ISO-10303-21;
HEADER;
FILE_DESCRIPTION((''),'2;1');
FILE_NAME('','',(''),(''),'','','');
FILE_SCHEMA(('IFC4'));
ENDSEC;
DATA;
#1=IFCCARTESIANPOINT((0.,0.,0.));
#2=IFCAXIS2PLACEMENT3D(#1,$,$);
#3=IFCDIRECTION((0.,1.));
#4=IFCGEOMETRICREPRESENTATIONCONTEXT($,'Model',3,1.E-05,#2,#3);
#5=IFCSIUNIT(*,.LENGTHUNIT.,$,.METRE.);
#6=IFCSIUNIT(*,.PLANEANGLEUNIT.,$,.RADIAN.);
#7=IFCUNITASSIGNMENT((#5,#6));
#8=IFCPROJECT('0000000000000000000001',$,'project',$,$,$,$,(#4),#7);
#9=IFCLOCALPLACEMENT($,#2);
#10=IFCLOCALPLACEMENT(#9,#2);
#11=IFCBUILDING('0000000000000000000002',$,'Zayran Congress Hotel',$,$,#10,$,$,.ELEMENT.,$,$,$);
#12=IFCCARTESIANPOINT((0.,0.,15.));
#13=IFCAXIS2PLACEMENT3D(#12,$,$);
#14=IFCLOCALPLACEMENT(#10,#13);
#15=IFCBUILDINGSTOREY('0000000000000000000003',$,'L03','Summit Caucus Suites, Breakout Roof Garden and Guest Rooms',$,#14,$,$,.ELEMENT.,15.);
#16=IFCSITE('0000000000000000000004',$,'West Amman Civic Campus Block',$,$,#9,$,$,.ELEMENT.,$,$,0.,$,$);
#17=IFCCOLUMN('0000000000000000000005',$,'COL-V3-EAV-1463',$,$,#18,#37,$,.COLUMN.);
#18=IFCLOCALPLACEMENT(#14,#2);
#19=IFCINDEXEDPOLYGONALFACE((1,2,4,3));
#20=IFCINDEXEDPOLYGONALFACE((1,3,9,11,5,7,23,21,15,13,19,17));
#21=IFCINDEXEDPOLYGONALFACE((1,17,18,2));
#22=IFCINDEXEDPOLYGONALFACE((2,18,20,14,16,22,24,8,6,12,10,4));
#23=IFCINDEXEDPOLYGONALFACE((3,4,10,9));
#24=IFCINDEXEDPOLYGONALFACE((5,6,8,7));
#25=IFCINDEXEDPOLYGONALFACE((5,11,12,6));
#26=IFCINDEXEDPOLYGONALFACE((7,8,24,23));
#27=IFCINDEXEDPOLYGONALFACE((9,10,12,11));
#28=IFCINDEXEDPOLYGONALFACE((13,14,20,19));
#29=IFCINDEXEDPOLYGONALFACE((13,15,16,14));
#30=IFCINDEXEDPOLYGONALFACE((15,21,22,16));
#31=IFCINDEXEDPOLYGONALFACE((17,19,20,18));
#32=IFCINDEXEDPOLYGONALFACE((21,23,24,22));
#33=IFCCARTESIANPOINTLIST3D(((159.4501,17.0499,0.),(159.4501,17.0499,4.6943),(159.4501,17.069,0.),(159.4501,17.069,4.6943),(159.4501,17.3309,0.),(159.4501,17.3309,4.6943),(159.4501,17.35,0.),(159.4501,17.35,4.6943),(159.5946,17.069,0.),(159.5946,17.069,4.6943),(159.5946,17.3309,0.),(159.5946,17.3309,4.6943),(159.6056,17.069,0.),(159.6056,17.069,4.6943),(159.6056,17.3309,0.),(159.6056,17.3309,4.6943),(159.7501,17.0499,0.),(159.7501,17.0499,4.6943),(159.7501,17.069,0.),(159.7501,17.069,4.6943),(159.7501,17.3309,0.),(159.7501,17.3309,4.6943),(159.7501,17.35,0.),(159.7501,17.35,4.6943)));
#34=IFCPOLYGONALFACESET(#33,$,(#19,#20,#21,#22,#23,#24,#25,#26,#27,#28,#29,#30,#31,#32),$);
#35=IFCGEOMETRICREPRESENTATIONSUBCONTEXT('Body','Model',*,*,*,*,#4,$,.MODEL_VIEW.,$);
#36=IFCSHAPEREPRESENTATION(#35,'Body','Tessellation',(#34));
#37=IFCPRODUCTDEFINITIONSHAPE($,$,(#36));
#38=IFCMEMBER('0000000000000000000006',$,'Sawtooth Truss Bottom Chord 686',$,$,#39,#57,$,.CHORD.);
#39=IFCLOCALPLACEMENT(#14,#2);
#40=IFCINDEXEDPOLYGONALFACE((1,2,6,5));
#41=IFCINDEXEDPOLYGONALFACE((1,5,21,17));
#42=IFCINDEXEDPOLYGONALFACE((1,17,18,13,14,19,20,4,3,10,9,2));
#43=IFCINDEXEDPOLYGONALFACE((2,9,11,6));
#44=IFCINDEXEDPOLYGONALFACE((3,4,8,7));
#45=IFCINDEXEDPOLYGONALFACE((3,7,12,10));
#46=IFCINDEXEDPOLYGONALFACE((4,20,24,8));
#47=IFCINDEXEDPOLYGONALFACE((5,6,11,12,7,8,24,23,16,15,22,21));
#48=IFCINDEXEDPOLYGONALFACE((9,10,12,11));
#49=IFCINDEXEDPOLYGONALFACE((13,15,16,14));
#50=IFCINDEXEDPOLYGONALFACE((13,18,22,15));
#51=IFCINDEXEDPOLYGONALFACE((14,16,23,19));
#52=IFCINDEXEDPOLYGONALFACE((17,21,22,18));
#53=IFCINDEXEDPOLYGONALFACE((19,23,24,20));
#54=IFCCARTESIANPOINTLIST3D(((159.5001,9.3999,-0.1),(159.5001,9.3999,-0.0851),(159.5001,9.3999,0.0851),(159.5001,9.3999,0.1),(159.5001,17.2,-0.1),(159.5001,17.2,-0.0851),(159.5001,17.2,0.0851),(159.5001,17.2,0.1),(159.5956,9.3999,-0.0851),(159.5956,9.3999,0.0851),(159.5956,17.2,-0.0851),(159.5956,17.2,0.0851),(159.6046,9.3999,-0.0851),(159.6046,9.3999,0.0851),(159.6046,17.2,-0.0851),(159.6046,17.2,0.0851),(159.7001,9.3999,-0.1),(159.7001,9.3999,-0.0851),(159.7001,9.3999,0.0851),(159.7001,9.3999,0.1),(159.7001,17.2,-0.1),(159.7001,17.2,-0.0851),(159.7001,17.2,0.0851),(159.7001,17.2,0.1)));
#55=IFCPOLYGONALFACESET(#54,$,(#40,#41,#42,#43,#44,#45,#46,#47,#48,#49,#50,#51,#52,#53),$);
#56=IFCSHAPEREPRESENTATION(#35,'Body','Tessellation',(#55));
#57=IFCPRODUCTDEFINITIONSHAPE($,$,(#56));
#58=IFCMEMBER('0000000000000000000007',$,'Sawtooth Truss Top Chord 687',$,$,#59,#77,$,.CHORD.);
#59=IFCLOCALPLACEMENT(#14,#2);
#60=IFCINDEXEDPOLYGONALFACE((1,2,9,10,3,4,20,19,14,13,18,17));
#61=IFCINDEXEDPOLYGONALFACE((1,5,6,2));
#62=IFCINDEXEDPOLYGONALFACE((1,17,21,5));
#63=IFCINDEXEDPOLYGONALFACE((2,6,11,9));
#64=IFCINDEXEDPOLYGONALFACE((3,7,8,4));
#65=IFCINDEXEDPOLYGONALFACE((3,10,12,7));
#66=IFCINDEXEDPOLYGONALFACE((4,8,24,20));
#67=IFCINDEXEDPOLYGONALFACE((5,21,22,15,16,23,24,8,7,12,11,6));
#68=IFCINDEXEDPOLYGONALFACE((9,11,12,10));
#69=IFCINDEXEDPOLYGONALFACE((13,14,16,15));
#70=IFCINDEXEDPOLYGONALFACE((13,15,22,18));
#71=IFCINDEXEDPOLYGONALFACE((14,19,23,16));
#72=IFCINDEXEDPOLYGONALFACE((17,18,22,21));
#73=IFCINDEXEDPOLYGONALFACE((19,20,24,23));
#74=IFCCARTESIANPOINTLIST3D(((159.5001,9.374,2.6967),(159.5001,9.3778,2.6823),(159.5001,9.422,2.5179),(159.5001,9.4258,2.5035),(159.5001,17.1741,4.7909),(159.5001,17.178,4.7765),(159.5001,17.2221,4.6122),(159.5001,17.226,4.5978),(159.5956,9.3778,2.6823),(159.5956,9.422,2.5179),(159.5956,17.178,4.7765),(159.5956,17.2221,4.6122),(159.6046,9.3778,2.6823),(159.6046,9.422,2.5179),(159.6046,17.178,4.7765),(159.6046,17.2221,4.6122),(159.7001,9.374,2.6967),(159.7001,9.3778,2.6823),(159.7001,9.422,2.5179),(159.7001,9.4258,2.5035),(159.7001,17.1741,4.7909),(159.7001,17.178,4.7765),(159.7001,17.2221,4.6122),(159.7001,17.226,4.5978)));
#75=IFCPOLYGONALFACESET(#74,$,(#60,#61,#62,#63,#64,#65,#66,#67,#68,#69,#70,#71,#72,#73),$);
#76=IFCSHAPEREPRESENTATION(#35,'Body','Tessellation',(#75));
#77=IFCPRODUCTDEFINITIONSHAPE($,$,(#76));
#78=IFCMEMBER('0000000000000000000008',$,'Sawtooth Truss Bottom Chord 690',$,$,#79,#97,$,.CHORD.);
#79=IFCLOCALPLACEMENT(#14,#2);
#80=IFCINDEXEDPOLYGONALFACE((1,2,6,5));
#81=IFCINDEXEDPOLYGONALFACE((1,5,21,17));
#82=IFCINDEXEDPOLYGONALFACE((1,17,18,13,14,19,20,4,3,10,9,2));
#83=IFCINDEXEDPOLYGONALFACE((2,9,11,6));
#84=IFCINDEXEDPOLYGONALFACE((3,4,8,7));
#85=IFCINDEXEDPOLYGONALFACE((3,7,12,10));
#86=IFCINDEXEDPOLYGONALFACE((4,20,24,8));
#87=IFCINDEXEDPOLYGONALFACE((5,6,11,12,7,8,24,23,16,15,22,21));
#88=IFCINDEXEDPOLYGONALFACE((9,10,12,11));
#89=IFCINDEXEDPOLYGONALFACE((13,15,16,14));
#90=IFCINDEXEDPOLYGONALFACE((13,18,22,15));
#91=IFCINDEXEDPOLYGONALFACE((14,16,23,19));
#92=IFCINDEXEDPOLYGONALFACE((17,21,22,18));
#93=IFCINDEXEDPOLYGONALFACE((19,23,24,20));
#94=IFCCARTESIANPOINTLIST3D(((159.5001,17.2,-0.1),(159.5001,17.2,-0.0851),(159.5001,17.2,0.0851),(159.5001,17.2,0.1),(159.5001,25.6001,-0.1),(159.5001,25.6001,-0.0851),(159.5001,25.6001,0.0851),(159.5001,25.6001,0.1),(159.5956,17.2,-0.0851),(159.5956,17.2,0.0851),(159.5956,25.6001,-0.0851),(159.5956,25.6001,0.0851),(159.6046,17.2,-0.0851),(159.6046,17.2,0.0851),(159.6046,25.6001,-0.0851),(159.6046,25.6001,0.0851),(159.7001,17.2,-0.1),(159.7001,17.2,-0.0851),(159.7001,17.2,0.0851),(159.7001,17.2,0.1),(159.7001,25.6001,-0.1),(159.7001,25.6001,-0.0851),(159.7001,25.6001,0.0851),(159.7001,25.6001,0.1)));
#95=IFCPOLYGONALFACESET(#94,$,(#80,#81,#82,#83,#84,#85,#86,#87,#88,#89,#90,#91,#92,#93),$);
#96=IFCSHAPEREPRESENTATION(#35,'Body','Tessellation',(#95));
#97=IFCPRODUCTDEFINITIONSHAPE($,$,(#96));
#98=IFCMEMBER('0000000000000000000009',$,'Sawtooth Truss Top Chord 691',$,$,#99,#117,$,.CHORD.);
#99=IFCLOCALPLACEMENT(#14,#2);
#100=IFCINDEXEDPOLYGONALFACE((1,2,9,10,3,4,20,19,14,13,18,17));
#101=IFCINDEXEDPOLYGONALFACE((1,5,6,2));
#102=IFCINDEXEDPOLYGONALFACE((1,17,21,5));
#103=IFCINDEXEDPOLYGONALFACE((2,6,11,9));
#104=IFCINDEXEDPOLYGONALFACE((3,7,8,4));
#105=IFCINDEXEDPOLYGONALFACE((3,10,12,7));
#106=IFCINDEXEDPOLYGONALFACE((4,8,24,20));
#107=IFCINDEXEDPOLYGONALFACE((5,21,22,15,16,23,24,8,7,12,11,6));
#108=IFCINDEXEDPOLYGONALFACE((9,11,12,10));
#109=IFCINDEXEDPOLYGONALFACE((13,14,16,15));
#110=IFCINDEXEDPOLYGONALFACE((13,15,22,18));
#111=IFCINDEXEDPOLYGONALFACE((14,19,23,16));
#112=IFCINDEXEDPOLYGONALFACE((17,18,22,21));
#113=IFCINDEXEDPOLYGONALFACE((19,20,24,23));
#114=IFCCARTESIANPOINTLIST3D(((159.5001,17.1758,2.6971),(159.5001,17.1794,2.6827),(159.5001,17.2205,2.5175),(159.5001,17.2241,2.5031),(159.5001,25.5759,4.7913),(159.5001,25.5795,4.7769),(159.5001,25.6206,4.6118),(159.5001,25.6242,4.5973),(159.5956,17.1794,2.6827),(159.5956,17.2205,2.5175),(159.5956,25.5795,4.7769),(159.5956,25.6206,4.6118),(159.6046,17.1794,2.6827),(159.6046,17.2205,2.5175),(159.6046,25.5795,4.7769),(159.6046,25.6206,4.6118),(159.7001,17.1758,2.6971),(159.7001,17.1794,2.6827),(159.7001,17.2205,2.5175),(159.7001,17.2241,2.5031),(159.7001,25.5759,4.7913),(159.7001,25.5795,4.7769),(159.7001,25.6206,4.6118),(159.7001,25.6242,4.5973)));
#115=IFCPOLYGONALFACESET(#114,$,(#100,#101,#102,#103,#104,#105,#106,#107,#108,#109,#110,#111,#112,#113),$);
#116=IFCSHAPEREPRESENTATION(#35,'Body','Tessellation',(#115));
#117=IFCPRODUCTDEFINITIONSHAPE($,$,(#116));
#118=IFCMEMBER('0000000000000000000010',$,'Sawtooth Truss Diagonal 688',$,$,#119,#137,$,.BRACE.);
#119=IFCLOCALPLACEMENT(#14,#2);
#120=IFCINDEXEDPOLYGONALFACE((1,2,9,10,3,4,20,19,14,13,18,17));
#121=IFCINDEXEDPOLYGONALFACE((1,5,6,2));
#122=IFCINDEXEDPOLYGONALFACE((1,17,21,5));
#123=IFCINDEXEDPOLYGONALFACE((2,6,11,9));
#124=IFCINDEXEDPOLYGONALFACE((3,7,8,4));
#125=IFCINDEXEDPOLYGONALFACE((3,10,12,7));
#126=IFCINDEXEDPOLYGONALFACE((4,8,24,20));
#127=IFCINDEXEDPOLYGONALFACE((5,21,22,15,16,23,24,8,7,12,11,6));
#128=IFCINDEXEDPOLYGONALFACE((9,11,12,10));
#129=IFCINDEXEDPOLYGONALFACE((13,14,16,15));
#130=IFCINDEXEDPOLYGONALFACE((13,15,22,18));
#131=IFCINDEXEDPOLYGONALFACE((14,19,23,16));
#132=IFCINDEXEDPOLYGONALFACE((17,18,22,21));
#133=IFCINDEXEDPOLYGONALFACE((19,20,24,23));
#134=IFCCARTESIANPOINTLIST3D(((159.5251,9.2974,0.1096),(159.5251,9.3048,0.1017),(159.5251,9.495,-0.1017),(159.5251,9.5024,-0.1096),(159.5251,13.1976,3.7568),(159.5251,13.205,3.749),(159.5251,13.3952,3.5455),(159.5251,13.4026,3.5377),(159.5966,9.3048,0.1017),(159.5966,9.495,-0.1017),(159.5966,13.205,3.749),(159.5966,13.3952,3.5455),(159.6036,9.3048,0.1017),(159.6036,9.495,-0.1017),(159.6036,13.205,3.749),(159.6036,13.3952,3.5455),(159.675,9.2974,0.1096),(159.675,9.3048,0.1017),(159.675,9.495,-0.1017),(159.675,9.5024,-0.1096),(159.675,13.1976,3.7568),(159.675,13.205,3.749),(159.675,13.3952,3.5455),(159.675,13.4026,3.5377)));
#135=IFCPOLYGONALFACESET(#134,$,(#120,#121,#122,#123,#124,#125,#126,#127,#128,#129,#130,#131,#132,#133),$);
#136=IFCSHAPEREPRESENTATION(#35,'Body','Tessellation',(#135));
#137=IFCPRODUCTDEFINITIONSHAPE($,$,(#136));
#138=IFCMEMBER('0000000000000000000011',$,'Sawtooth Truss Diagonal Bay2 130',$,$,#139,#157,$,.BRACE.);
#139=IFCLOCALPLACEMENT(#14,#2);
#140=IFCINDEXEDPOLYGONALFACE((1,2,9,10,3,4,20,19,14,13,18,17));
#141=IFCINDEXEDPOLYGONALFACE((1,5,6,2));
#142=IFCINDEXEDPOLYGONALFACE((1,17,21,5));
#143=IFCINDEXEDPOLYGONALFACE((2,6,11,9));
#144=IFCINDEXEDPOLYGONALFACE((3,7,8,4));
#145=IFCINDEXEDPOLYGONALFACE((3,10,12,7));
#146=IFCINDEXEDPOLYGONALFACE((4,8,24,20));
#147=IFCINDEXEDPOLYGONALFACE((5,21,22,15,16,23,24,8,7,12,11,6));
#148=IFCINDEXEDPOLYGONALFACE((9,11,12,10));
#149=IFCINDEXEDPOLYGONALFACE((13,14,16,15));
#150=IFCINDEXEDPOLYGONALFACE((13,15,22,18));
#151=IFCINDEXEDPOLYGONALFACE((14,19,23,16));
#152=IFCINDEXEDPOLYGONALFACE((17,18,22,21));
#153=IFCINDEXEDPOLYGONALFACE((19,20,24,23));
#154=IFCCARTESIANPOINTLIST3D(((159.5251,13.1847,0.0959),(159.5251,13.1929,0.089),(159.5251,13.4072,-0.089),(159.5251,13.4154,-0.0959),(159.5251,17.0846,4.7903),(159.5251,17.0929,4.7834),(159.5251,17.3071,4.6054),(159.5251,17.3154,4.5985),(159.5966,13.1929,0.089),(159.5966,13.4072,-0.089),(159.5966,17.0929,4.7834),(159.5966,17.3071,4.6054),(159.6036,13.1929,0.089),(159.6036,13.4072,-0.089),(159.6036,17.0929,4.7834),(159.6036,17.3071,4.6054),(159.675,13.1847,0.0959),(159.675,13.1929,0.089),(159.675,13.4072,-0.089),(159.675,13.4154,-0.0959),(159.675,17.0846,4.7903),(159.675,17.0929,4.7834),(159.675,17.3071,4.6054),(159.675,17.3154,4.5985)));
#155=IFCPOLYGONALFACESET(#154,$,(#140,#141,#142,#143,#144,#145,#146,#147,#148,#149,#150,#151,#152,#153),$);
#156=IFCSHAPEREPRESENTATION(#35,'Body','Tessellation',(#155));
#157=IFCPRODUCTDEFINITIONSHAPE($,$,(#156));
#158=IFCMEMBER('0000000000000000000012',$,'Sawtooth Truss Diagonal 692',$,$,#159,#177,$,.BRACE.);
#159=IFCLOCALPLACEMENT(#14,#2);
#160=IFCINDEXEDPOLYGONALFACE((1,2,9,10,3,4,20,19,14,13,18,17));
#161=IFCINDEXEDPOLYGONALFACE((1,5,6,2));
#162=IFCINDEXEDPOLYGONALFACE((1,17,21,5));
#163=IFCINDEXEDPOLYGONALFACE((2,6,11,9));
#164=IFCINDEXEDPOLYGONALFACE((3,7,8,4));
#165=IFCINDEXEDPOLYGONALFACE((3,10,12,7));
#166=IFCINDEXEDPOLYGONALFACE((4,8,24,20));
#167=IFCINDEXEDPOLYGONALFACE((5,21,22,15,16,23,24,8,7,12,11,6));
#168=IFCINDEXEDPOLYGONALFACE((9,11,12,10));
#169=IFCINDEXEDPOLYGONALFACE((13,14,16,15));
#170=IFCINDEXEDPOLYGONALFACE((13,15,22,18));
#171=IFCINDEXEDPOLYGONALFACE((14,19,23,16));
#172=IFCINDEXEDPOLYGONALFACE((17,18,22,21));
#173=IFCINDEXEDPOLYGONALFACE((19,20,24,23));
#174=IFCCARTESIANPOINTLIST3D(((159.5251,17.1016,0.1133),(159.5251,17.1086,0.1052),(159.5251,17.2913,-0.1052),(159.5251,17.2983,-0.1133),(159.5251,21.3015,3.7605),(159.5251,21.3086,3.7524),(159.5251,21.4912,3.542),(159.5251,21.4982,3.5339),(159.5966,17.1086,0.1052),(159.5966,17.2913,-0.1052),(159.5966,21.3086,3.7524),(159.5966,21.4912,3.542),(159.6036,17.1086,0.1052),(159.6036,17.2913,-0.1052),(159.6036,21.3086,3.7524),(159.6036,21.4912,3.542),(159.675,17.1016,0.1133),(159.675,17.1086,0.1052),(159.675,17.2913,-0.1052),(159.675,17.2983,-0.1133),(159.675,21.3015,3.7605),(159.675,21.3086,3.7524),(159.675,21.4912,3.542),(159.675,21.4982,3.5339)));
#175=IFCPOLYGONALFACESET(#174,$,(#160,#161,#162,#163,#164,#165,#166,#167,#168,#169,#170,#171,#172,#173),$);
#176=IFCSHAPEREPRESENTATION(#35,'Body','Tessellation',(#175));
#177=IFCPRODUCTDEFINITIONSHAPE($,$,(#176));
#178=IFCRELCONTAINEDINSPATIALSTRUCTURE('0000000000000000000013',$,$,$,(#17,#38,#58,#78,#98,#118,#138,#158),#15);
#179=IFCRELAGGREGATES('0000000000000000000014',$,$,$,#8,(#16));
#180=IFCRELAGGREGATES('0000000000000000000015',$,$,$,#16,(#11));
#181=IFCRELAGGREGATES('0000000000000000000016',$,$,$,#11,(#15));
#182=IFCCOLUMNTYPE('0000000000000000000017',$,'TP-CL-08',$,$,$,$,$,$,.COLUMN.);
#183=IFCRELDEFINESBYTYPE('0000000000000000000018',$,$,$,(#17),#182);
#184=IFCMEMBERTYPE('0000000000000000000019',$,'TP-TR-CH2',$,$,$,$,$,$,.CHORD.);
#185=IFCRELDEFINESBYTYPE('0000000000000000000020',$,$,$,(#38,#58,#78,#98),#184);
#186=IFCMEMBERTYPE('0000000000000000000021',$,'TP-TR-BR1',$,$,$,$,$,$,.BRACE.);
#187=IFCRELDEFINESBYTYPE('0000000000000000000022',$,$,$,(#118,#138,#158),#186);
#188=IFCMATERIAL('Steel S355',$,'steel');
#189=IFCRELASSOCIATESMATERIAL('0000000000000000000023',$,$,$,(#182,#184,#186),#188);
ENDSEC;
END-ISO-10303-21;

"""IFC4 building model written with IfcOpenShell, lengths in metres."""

from ifc_helpers import new_model, si_unit, direction, frame, origin, origin_2d, place, context, subcontext, project, spatial, i_section, extrude, material, material_profile, profile_set, type_object, element, save


model = new_model("IFC4")

# Units and contexts
model_context = context("Model", 3, precision=1e-05, world=origin(), true_north=direction((0.0, 1.0)))
body_context = subcontext(model_context, "Body", "Model", "MODEL_VIEW")
ifc_project = project(units=[si_unit("LENGTHUNIT", "METRE"), si_unit("PLANEANGLEUNIT", "RADIAN")], contexts=[model_context])

# Site, building, storey
site_placement = place(None, origin())
site = spatial("IfcSite", under=ifc_project, at=site_placement, Name="West Amman Civic Campus Block", CompositionType="ELEMENT", RefElevation=0.0)
building_placement = place(site_placement, origin())
building = spatial("IfcBuilding", under=site, at=building_placement, Name="Zayran Congress Hotel", CompositionType="ELEMENT")
storey_placement = place(building_placement, frame((0.0, 0.0, 15.0)))
storey = spatial("IfcBuildingStorey", under=building, at=storey_placement, Name="L03", Description="Summit Caucus Suites, Breakout Roof Garden and Guest Rooms", CompositionType="ELEMENT", Elevation=15.0)

# Column
ifc_material_1 = material(Name="Steel S355", Category="steel")
ifc_material_profile_1 = material_profile(ifc_material_1, i_section(OverallWidth=0.3, OverallDepth=0.3, WebThickness=0.011, FlangeThickness=0.019, at=origin_2d()), Name="HEB 300")
ifc_profile_set_1 = profile_set([ifc_material_profile_1], Name="Steel S355")
column_type = type_object("IfcColumnType", Name="TP-CL-08", PredefinedType="COLUMN", material=ifc_profile_set_1)
column_placement = place(storey_placement, frame((159.6001, 17.2, 0.0), z_axis=(0.0, 0.0, 1.0), x_axis=(1.0, 0.0, 0.0)))
element("IfcColumn", 1, at=column_placement, inside=storey, type_object=column_type, Name="COL-V3-EAV-1463", PredefinedType="COLUMN", context=body_context, shape_type="SweptSolid", body=[
    extrude(i_section(OverallWidth=0.3, OverallDepth=0.3, WebThickness=0.011, FlangeThickness=0.019, at=origin_2d()), origin(), (0.0, 0.0, 1.0), 4.6943),
])

# Members
ifc_material_profile_2 = material_profile(ifc_material_1, i_section(OverallWidth=0.2, OverallDepth=0.2, WebThickness=0.009, FlangeThickness=0.0149, at=origin_2d()), Name="HEB 200")
ifc_profile_set_2 = profile_set([ifc_material_profile_2], Name="Steel S355")
member_type_1 = type_object("IfcMemberType", Name="TP-TR-CH2", PredefinedType="CHORD", material=ifc_profile_set_2)
member_1_placement = place(storey_placement, frame((159.6001, 9.3999, 0.0), z_axis=(0.0, 1.0, 0.0), x_axis=(-1.0, 0.0, 0.0)))
element("IfcMember", 2, at=member_1_placement, inside=storey, type_object=member_type_1, Name="Sawtooth Truss Bottom Chord 686", PredefinedType="CHORD", context=body_context, shape_type="SweptSolid", body=[
    extrude(i_section(OverallWidth=0.2, OverallDepth=0.2, WebThickness=0.009, FlangeThickness=0.0149, at=origin_2d()), origin(), (0.0, 0.0, 1.0), 7.8),
])
member_2_placement = place(storey_placement, frame((159.6001, 9.3999, 2.6001), z_axis=(0.0, 0.965795, 0.259307), x_axis=(-1.0, 0.0, 0.0)))
element("IfcMember", 3, at=member_2_placement, inside=storey, type_object=member_type_1, Name="Sawtooth Truss Top Chord 687", PredefinedType="CHORD", context=body_context, shape_type="SweptSolid", body=[
    extrude(i_section(OverallWidth=0.2, OverallDepth=0.2, WebThickness=0.009, FlangeThickness=0.0149, at=origin_2d()), origin(), (0.0, 0.0, 1.0), 8.0764),
])
member_3_placement = place(storey_placement, frame((159.6001, 17.2, 0.0), z_axis=(0.0, 1.0, 0.0), x_axis=(-1.0, 0.0, 0.0)))
element("IfcMember", 4, at=member_3_placement, inside=storey, type_object=member_type_1, Name="Sawtooth Truss Bottom Chord 690", PredefinedType="CHORD", context=body_context, shape_type="SweptSolid", body=[
    extrude(i_section(OverallWidth=0.2, OverallDepth=0.2, WebThickness=0.009, FlangeThickness=0.0149, at=origin_2d()), origin(), (0.0, 0.0, 1.0), 8.4001),
])
member_4_placement = place(storey_placement, frame((159.6001, 17.2, 2.6001), z_axis=(0.0, 0.9703, 0.241905), x_axis=(-1.0, 0.0, 0.0)))
element("IfcMember", 5, at=member_4_placement, inside=storey, type_object=member_type_1, Name="Sawtooth Truss Top Chord 691", PredefinedType="CHORD", context=body_context, shape_type="SweptSolid", body=[
    extrude(i_section(OverallWidth=0.2, OverallDepth=0.2, WebThickness=0.009, FlangeThickness=0.0149, at=origin_2d()), origin(), (0.0, 0.0, 1.0), 8.6572),
])
ifc_material_profile_3 = material_profile(ifc_material_1, i_section(OverallWidth=0.1499, OverallDepth=0.3, WebThickness=0.0071, FlangeThickness=0.0107, at=origin_2d()), Name="IPE 300")
ifc_profile_set_3 = profile_set([ifc_material_profile_3], Name="Steel S355")
member_type_2 = type_object("IfcMemberType", Name="TP-TR-BR1", PredefinedType="BRACE", material=ifc_profile_set_3)
member_5_placement = place(storey_placement, frame((159.6001, 9.3999, 0.0), z_axis=(0.0, 0.730394, 0.683027), x_axis=(-1.0, 0.0, 0.0)))
element("IfcMember", 6, at=member_5_placement, inside=storey, type_object=member_type_2, Name="Sawtooth Truss Diagonal 688", PredefinedType="BRACE", context=body_context, shape_type="SweptSolid", body=[
    extrude(i_section(OverallWidth=0.1499, OverallDepth=0.3, WebThickness=0.0071, FlangeThickness=0.0107, at=origin_2d()), origin(), (0.0, 0.0, 1.0), 5.3398),
])
member_6_placement = place(storey_placement, frame((159.6001, 13.3, 0.0), z_axis=(0.0, 0.639019, 0.769191), x_axis=(-1.0, 0.0, 0.0)))
element("IfcMember", 7, at=member_6_placement, inside=storey, type_object=member_type_2, Name="Sawtooth Truss Diagonal Bay2 130", PredefinedType="BRACE", context=body_context, shape_type="SweptSolid", body=[
    extrude(i_section(OverallWidth=0.1499, OverallDepth=0.3, WebThickness=0.0071, FlangeThickness=0.0107, at=origin_2d()), origin(), (0.0, 0.0, 1.0), 6.103),
])
member_7_placement = place(storey_placement, frame((159.6001, 17.2, 0.0), z_axis=(0.0, 0.755043, 0.655675), x_axis=(-1.0, 0.0, 0.0)))
element("IfcMember", 8, at=member_7_placement, inside=storey, type_object=member_type_2, Name="Sawtooth Truss Diagonal 692", PredefinedType="BRACE", context=body_context, shape_type="SweptSolid", body=[
    extrude(i_section(OverallWidth=0.1499, OverallDepth=0.3, WebThickness=0.0071, FlangeThickness=0.0107, at=origin_2d()), origin(), (0.0, 0.0, 1.0), 5.5625),
])

save(model, "model.ifc")
